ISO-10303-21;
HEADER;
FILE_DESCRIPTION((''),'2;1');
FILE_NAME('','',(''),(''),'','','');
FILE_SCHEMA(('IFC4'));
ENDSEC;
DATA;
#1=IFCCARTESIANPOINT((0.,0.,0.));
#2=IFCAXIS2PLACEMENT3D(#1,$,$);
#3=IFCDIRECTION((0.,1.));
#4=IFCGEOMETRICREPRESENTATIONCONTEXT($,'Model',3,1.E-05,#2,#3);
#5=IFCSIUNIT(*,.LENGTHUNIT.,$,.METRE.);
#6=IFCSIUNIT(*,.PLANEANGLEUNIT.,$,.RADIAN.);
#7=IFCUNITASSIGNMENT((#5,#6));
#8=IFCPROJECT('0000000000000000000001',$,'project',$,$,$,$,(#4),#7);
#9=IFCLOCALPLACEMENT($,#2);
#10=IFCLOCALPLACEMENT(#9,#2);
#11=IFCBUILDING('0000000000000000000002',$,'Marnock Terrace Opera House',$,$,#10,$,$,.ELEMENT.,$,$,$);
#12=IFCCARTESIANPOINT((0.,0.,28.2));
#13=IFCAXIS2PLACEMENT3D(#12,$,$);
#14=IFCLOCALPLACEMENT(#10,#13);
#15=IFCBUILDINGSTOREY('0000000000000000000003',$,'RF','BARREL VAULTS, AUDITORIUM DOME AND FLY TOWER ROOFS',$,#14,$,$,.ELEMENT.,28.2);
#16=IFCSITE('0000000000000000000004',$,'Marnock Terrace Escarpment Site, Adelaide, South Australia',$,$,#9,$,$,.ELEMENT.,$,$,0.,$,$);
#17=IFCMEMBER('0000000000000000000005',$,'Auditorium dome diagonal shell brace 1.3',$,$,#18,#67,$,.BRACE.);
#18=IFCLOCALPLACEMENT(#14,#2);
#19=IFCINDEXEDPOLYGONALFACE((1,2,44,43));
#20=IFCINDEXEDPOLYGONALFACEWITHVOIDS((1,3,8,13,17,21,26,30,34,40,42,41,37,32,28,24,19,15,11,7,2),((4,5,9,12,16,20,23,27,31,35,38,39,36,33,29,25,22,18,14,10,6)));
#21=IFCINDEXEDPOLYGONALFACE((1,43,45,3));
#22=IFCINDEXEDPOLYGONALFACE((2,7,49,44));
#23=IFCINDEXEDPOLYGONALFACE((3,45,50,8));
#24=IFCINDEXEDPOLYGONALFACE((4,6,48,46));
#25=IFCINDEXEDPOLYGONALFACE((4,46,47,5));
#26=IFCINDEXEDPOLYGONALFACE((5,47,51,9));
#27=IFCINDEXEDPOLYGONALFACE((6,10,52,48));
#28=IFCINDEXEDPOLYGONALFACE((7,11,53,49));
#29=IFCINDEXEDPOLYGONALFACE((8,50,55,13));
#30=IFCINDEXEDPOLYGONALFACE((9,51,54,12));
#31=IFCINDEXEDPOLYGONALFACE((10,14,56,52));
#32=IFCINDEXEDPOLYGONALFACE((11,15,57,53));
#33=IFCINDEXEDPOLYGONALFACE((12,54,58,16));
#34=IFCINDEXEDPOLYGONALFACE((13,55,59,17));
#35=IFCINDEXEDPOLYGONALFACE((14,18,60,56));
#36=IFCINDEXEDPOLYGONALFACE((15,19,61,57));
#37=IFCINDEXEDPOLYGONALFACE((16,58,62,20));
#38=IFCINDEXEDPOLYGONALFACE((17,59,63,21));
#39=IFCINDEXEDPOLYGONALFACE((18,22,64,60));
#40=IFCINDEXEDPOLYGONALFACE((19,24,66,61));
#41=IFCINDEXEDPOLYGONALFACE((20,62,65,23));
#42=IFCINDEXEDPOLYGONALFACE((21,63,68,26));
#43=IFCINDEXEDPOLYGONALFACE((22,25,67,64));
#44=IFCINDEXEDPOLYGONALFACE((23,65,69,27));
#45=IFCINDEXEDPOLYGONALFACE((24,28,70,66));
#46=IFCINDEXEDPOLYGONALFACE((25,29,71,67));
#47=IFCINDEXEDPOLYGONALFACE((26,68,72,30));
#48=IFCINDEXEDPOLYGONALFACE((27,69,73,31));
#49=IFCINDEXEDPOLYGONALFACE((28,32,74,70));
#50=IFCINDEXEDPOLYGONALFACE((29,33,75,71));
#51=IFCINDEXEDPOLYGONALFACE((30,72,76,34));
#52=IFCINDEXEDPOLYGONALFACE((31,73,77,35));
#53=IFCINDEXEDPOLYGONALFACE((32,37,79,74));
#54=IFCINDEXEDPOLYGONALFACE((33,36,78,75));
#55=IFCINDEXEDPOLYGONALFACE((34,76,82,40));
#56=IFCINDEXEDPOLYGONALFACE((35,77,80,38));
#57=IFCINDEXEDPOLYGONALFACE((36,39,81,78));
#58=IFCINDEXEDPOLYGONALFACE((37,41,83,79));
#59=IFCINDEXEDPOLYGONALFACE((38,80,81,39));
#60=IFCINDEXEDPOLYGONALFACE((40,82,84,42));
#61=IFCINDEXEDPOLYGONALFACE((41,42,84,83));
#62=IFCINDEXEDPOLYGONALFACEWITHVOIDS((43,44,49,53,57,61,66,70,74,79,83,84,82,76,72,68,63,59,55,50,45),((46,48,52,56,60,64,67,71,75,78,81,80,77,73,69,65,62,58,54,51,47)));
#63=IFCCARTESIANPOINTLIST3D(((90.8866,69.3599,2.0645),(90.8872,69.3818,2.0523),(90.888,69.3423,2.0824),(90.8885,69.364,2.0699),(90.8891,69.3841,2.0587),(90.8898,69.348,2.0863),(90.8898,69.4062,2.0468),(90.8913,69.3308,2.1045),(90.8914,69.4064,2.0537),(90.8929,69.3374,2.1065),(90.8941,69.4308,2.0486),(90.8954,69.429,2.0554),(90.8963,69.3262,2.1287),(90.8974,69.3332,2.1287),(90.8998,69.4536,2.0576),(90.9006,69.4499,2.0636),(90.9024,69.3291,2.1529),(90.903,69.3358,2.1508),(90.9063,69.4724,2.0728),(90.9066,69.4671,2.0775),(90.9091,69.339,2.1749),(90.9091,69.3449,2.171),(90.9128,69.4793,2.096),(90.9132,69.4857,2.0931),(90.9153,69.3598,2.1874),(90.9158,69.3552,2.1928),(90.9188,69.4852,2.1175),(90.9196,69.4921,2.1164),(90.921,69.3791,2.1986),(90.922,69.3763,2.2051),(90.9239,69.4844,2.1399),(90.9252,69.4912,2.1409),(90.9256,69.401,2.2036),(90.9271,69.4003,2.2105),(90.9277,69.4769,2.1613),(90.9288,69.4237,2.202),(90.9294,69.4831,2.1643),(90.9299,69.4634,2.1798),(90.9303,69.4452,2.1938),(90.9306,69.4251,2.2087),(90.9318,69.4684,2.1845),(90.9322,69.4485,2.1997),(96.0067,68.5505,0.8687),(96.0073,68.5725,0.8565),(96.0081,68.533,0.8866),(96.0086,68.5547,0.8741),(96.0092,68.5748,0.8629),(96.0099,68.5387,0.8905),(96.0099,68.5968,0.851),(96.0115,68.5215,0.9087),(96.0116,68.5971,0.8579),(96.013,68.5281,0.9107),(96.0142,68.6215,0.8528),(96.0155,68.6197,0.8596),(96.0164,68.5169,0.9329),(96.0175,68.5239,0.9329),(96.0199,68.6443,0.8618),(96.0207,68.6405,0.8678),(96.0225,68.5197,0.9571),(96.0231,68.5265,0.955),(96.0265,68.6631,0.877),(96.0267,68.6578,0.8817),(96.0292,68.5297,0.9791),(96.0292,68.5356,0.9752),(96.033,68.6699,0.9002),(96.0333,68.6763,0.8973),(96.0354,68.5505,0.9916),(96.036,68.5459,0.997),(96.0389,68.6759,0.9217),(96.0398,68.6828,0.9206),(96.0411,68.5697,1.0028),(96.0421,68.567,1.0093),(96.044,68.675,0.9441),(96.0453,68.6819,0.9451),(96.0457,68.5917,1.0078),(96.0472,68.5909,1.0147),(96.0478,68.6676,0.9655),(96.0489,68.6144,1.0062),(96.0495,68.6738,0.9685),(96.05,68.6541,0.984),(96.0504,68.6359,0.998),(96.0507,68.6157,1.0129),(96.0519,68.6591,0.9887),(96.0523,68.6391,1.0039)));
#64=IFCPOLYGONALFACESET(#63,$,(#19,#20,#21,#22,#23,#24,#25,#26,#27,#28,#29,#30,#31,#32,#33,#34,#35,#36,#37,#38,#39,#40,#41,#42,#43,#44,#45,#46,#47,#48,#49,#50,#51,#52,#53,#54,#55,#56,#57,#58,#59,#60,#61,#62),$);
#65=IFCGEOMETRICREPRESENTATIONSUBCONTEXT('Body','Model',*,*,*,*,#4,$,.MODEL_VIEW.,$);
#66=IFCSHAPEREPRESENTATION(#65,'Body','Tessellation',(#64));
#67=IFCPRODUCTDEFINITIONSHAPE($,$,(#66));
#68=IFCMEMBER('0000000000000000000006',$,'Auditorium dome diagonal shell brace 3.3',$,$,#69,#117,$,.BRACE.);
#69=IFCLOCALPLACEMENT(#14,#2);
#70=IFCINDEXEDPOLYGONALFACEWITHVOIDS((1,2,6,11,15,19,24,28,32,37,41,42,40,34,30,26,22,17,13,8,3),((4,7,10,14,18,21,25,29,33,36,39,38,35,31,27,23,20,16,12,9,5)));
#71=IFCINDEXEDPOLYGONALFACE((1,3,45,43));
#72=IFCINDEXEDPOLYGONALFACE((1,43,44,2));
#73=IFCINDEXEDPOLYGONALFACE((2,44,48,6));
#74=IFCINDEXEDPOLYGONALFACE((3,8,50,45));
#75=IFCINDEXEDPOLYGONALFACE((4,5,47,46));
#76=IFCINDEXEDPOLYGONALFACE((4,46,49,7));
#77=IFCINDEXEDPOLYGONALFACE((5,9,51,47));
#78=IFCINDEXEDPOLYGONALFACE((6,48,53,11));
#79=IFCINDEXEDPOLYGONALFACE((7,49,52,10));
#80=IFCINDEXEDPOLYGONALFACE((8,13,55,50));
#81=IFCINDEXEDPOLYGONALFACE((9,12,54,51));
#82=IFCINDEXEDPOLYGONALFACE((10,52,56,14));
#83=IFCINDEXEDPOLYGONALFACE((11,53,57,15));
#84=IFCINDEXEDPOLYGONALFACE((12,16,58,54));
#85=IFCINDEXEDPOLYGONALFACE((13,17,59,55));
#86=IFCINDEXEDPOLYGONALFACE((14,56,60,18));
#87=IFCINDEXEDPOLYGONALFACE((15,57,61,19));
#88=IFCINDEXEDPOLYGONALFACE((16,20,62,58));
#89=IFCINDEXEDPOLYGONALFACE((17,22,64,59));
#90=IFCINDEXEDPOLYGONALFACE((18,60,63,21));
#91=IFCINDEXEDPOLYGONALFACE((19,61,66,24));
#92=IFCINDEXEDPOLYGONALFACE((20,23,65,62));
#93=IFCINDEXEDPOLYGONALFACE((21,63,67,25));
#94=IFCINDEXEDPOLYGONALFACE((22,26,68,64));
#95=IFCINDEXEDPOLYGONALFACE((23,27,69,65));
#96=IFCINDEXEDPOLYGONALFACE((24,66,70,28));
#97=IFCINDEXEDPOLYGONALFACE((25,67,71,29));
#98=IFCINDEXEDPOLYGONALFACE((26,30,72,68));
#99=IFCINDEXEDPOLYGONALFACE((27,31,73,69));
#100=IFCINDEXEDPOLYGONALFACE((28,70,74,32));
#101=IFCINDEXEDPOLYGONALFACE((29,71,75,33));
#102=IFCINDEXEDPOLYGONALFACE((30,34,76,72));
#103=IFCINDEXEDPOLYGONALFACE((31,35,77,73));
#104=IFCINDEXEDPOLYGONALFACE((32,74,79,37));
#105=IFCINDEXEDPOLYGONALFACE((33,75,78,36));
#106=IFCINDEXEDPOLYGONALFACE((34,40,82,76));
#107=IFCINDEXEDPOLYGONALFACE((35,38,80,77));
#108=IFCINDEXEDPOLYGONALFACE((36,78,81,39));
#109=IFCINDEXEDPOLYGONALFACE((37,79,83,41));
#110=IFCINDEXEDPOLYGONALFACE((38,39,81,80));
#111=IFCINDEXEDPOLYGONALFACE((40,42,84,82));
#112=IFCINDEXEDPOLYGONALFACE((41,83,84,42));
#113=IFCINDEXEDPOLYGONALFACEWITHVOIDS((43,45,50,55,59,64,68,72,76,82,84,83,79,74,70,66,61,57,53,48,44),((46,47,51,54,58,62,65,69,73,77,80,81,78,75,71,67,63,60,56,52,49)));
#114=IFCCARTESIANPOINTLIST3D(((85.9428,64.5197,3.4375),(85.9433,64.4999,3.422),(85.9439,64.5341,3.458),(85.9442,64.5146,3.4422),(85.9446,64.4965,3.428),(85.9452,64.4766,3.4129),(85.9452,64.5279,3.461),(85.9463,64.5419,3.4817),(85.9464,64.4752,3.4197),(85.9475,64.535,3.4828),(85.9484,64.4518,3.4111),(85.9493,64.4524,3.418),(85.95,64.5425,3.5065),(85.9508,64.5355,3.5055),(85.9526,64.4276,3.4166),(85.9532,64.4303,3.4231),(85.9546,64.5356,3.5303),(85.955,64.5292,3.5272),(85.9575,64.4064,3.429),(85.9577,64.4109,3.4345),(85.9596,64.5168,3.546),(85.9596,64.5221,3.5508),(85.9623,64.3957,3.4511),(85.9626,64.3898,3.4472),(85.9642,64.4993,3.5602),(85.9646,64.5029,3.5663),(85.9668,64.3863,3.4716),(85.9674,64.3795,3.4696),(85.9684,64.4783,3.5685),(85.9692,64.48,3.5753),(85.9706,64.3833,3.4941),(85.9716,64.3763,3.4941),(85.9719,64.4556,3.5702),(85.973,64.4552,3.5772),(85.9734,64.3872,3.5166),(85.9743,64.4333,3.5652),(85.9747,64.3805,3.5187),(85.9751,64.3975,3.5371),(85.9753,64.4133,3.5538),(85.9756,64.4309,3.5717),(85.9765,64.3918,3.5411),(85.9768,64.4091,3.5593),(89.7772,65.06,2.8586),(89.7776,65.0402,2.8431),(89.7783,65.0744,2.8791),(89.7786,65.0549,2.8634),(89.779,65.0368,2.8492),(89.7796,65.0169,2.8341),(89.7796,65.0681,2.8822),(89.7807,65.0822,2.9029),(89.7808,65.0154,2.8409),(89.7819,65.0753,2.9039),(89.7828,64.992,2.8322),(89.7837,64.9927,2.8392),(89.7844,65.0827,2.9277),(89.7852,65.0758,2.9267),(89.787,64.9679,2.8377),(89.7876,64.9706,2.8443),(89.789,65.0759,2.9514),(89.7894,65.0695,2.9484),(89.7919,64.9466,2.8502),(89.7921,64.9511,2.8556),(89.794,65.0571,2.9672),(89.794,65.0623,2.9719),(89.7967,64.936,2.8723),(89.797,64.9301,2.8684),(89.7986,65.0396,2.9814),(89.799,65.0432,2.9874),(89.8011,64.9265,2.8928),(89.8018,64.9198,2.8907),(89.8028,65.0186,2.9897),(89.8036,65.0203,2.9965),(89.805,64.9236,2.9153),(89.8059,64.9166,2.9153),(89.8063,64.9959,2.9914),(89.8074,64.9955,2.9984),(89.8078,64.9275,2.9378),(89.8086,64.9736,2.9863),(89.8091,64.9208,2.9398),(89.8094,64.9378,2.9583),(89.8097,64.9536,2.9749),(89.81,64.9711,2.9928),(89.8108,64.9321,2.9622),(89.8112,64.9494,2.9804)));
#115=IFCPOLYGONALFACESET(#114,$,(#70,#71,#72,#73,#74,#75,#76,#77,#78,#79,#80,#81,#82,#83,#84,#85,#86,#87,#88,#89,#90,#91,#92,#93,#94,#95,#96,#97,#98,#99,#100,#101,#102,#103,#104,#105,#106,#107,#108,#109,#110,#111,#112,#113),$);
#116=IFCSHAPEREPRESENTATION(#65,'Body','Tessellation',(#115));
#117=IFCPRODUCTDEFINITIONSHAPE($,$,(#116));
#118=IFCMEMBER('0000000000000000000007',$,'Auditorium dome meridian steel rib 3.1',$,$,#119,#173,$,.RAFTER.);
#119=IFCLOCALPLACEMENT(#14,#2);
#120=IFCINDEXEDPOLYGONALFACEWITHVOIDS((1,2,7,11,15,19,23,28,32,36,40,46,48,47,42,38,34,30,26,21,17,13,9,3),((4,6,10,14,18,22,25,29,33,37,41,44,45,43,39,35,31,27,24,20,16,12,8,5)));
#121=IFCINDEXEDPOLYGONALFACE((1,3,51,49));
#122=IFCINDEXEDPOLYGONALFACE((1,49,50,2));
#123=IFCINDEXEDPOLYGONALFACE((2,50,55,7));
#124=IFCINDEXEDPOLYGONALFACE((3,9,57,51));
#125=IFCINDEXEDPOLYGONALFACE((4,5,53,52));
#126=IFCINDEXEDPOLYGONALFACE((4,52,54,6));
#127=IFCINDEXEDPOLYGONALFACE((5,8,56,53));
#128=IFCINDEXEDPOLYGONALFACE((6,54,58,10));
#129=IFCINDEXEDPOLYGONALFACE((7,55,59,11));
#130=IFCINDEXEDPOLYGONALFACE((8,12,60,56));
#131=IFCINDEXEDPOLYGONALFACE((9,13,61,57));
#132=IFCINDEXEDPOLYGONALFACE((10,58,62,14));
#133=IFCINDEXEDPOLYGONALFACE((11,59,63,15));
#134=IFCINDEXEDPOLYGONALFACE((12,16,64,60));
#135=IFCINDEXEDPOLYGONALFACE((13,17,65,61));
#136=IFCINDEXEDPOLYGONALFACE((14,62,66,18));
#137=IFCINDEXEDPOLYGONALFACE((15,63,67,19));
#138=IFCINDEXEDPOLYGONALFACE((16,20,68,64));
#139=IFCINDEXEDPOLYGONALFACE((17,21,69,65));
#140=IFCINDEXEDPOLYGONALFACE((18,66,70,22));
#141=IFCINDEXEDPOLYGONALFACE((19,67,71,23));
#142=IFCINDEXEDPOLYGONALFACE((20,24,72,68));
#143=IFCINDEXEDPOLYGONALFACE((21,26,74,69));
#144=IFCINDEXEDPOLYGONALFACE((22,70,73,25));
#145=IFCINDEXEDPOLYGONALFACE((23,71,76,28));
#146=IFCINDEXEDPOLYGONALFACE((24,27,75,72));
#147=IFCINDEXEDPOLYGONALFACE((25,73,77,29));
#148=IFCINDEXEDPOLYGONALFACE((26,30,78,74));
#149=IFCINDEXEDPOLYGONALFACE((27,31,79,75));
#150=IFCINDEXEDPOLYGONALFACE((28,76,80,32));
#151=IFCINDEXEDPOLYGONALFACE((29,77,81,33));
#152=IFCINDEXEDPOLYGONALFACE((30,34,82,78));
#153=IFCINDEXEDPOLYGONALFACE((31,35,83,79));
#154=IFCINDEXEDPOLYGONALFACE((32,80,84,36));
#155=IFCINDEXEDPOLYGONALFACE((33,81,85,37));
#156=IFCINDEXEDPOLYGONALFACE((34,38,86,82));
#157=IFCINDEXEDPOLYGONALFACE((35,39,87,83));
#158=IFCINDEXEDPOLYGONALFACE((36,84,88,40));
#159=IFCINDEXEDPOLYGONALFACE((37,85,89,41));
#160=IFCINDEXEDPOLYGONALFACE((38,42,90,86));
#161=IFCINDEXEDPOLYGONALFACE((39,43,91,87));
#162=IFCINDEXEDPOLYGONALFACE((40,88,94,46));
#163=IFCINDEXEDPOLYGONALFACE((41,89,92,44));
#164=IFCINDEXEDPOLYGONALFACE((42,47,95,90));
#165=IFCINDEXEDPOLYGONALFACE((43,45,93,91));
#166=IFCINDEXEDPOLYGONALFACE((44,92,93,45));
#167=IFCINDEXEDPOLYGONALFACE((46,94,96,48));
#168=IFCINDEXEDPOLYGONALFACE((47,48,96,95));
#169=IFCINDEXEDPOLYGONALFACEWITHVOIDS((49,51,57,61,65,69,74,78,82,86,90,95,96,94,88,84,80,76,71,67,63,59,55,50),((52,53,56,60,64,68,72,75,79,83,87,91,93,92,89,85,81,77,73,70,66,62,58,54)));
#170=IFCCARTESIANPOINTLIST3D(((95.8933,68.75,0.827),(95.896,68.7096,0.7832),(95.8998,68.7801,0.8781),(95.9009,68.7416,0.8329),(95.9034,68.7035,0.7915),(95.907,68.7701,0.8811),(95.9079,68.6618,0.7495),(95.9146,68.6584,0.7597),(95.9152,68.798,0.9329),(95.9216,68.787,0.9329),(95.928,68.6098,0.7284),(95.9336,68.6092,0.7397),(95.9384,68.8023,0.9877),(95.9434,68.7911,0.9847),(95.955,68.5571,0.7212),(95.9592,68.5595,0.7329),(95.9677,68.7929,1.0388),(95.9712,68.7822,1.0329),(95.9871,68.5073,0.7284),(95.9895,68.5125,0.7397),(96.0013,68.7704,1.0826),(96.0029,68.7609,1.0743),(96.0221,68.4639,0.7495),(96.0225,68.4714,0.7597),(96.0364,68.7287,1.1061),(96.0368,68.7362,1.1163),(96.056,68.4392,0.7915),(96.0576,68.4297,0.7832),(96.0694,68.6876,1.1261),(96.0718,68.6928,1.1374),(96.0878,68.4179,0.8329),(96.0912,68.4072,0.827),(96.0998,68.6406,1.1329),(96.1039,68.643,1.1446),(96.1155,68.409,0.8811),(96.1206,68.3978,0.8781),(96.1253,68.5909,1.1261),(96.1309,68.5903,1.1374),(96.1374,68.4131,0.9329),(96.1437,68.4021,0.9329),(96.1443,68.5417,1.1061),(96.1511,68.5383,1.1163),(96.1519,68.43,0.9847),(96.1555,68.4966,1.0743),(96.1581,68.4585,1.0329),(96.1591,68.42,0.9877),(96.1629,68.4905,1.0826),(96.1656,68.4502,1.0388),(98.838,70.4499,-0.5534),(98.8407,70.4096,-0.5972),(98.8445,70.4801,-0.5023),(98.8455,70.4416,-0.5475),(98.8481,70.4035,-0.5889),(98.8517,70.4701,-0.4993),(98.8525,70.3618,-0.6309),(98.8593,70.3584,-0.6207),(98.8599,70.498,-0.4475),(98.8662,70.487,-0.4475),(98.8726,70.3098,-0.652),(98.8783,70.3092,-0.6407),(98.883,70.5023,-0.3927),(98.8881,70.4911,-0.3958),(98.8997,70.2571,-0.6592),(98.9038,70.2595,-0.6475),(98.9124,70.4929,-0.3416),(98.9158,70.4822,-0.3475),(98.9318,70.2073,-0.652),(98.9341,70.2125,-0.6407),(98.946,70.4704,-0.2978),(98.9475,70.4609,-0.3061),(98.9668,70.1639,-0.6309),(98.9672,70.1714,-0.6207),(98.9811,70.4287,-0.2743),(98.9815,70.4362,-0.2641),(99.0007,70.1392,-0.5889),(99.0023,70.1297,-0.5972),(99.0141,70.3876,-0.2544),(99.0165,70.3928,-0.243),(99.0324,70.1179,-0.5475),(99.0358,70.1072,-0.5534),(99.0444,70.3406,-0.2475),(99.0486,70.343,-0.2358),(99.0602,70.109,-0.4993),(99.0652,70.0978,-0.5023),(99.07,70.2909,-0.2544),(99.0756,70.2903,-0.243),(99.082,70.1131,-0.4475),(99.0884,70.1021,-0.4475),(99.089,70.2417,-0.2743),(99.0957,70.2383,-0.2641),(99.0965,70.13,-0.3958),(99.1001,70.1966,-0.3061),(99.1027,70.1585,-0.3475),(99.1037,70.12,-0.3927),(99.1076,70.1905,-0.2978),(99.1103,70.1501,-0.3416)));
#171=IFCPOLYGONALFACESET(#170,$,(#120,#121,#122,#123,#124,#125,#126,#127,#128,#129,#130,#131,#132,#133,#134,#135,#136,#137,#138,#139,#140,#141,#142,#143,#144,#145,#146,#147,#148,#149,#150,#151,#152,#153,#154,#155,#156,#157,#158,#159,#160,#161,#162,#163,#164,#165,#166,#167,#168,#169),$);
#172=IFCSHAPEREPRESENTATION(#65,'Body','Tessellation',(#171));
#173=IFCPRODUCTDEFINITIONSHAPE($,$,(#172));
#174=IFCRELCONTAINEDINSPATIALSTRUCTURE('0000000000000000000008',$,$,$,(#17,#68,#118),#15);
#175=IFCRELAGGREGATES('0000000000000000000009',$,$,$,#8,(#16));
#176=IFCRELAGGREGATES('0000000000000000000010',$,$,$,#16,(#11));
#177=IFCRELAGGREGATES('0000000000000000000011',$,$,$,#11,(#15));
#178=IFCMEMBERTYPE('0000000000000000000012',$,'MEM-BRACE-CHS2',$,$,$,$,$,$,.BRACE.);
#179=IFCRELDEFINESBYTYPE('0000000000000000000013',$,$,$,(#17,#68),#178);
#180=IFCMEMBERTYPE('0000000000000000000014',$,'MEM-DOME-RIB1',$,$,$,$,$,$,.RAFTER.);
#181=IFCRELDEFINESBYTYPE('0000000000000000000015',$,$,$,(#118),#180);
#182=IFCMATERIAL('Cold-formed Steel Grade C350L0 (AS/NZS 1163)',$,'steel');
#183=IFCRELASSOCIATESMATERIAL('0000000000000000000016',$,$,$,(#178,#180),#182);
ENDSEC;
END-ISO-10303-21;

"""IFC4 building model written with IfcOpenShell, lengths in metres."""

from ifc_helpers import new_model, si_unit, direction, frame, origin, origin_2d, place, context, subcontext, project, spatial, hollow_circle, extrude, material, material_profile, profile_set, type_object, element, save


model = new_model("IFC4")

# Units and contexts
model_context = context("Model", 3, precision=1e-05, world=origin(), true_north=direction((0.0, 1.0)))
body_context = subcontext(model_context, "Body", "Model", "MODEL_VIEW")
ifc_project = project(units=[si_unit("LENGTHUNIT", "METRE"), si_unit("PLANEANGLEUNIT", "RADIAN")], contexts=[model_context])

# Site, building, storey
site_placement = place(None, origin())
site = spatial("IfcSite", under=ifc_project, at=site_placement, Name="Marnock Terrace Escarpment Site, Adelaide, South Australia", CompositionType="ELEMENT", RefElevation=0.0)
building_placement = place(site_placement, origin())
building = spatial("IfcBuilding", under=site, at=building_placement, Name="Marnock Terrace Opera House", CompositionType="ELEMENT")
storey_placement = place(building_placement, frame((0.0, 0.0, 28.2)))
storey = spatial("IfcBuildingStorey", under=building, at=storey_placement, Name="RF", Description="BARREL VAULTS, AUDITORIUM DOME AND FLY TOWER ROOFS", CompositionType="ELEMENT", Elevation=28.2)

# Members
ifc_material_1 = material(Name="Cold-formed Steel Grade C350L0 (AS/NZS 1163)", Category="steel")
ifc_material_profile_1 = material_profile(ifc_material_1, hollow_circle(Radius=0.0842, WallThickness=0.0071, at=origin_2d()))
ifc_profile_set_1 = profile_set([ifc_material_profile_1], Name="Cold-formed Steel Grade C350L0 (AS/NZS 1163)")
member_type_1 = type_object("IfcMemberType", Name="MEM-BRACE-CHS2", PredefinedType="BRACE", material=ifc_profile_set_1)
member_1_placement = place(storey_placement, frame((96.0295, 68.6001, 0.9329), z_axis=(-0.96246, 0.152134, 0.224782), x_axis=(-0.156129, -0.987737, 0.0)))
element("IfcMember", 1, at=member_1_placement, inside=storey, type_object=member_type_1, Name="Auditorium dome diagonal shell brace 1.3", PredefinedType="BRACE", context=body_context, shape_type="SweptSolid", body=[
    extrude(hollow_circle(Radius=0.0842, WallThickness=0.0071, at=origin_2d()), origin(), (0.0, 0.0, 1.0), 5.3198),
])
member_2_placement = place(storey_placement, frame((89.7942, 65.0, 2.9153), z_axis=(-0.979337, -0.13799, 0.147842), x_axis=(0.139523, -0.990219, 0.0)))
element("IfcMember", 2, at=member_2_placement, inside=storey, type_object=member_type_1, Name="Auditorium dome diagonal shell brace 3.3", PredefinedType="BRACE", context=body_context, shape_type="SweptSolid", body=[
    extrude(hollow_circle(Radius=0.0842, WallThickness=0.0071, at=origin_2d()), origin(), (0.0, 0.0, 1.0), 3.9153),
])
ifc_material_profile_2 = material_profile(ifc_material_1, hollow_circle(Radius=0.2285, WallThickness=0.0127, at=origin_2d()))
ifc_profile_set_2 = profile_set([ifc_material_profile_2], Name="Cold-formed Steel Grade C350L0 (AS/NZS 1163)")
member_type_2 = type_object("IfcMemberType", Name="MEM-DOME-RIB1", PredefinedType="RAFTER", material=ifc_profile_set_2)
member_3_placement = place(storey_placement, frame((98.9741, 70.3, -0.4475), z_axis=(-0.80243, -0.463255, 0.376166), x_axis=(0.499977, -0.866039, 0.0)))
element("IfcMember", 3, at=member_3_placement, inside=storey, type_object=member_type_2, Name="Auditorium dome meridian steel rib 3.1", PredefinedType="RAFTER", context=body_context, shape_type="SweptSolid", body=[
    extrude(hollow_circle(Radius=0.2285, WallThickness=0.0127, at=origin_2d()), origin(), (0.0, 0.0, 1.0), 3.6697),
])

save(model, "model.ifc")
